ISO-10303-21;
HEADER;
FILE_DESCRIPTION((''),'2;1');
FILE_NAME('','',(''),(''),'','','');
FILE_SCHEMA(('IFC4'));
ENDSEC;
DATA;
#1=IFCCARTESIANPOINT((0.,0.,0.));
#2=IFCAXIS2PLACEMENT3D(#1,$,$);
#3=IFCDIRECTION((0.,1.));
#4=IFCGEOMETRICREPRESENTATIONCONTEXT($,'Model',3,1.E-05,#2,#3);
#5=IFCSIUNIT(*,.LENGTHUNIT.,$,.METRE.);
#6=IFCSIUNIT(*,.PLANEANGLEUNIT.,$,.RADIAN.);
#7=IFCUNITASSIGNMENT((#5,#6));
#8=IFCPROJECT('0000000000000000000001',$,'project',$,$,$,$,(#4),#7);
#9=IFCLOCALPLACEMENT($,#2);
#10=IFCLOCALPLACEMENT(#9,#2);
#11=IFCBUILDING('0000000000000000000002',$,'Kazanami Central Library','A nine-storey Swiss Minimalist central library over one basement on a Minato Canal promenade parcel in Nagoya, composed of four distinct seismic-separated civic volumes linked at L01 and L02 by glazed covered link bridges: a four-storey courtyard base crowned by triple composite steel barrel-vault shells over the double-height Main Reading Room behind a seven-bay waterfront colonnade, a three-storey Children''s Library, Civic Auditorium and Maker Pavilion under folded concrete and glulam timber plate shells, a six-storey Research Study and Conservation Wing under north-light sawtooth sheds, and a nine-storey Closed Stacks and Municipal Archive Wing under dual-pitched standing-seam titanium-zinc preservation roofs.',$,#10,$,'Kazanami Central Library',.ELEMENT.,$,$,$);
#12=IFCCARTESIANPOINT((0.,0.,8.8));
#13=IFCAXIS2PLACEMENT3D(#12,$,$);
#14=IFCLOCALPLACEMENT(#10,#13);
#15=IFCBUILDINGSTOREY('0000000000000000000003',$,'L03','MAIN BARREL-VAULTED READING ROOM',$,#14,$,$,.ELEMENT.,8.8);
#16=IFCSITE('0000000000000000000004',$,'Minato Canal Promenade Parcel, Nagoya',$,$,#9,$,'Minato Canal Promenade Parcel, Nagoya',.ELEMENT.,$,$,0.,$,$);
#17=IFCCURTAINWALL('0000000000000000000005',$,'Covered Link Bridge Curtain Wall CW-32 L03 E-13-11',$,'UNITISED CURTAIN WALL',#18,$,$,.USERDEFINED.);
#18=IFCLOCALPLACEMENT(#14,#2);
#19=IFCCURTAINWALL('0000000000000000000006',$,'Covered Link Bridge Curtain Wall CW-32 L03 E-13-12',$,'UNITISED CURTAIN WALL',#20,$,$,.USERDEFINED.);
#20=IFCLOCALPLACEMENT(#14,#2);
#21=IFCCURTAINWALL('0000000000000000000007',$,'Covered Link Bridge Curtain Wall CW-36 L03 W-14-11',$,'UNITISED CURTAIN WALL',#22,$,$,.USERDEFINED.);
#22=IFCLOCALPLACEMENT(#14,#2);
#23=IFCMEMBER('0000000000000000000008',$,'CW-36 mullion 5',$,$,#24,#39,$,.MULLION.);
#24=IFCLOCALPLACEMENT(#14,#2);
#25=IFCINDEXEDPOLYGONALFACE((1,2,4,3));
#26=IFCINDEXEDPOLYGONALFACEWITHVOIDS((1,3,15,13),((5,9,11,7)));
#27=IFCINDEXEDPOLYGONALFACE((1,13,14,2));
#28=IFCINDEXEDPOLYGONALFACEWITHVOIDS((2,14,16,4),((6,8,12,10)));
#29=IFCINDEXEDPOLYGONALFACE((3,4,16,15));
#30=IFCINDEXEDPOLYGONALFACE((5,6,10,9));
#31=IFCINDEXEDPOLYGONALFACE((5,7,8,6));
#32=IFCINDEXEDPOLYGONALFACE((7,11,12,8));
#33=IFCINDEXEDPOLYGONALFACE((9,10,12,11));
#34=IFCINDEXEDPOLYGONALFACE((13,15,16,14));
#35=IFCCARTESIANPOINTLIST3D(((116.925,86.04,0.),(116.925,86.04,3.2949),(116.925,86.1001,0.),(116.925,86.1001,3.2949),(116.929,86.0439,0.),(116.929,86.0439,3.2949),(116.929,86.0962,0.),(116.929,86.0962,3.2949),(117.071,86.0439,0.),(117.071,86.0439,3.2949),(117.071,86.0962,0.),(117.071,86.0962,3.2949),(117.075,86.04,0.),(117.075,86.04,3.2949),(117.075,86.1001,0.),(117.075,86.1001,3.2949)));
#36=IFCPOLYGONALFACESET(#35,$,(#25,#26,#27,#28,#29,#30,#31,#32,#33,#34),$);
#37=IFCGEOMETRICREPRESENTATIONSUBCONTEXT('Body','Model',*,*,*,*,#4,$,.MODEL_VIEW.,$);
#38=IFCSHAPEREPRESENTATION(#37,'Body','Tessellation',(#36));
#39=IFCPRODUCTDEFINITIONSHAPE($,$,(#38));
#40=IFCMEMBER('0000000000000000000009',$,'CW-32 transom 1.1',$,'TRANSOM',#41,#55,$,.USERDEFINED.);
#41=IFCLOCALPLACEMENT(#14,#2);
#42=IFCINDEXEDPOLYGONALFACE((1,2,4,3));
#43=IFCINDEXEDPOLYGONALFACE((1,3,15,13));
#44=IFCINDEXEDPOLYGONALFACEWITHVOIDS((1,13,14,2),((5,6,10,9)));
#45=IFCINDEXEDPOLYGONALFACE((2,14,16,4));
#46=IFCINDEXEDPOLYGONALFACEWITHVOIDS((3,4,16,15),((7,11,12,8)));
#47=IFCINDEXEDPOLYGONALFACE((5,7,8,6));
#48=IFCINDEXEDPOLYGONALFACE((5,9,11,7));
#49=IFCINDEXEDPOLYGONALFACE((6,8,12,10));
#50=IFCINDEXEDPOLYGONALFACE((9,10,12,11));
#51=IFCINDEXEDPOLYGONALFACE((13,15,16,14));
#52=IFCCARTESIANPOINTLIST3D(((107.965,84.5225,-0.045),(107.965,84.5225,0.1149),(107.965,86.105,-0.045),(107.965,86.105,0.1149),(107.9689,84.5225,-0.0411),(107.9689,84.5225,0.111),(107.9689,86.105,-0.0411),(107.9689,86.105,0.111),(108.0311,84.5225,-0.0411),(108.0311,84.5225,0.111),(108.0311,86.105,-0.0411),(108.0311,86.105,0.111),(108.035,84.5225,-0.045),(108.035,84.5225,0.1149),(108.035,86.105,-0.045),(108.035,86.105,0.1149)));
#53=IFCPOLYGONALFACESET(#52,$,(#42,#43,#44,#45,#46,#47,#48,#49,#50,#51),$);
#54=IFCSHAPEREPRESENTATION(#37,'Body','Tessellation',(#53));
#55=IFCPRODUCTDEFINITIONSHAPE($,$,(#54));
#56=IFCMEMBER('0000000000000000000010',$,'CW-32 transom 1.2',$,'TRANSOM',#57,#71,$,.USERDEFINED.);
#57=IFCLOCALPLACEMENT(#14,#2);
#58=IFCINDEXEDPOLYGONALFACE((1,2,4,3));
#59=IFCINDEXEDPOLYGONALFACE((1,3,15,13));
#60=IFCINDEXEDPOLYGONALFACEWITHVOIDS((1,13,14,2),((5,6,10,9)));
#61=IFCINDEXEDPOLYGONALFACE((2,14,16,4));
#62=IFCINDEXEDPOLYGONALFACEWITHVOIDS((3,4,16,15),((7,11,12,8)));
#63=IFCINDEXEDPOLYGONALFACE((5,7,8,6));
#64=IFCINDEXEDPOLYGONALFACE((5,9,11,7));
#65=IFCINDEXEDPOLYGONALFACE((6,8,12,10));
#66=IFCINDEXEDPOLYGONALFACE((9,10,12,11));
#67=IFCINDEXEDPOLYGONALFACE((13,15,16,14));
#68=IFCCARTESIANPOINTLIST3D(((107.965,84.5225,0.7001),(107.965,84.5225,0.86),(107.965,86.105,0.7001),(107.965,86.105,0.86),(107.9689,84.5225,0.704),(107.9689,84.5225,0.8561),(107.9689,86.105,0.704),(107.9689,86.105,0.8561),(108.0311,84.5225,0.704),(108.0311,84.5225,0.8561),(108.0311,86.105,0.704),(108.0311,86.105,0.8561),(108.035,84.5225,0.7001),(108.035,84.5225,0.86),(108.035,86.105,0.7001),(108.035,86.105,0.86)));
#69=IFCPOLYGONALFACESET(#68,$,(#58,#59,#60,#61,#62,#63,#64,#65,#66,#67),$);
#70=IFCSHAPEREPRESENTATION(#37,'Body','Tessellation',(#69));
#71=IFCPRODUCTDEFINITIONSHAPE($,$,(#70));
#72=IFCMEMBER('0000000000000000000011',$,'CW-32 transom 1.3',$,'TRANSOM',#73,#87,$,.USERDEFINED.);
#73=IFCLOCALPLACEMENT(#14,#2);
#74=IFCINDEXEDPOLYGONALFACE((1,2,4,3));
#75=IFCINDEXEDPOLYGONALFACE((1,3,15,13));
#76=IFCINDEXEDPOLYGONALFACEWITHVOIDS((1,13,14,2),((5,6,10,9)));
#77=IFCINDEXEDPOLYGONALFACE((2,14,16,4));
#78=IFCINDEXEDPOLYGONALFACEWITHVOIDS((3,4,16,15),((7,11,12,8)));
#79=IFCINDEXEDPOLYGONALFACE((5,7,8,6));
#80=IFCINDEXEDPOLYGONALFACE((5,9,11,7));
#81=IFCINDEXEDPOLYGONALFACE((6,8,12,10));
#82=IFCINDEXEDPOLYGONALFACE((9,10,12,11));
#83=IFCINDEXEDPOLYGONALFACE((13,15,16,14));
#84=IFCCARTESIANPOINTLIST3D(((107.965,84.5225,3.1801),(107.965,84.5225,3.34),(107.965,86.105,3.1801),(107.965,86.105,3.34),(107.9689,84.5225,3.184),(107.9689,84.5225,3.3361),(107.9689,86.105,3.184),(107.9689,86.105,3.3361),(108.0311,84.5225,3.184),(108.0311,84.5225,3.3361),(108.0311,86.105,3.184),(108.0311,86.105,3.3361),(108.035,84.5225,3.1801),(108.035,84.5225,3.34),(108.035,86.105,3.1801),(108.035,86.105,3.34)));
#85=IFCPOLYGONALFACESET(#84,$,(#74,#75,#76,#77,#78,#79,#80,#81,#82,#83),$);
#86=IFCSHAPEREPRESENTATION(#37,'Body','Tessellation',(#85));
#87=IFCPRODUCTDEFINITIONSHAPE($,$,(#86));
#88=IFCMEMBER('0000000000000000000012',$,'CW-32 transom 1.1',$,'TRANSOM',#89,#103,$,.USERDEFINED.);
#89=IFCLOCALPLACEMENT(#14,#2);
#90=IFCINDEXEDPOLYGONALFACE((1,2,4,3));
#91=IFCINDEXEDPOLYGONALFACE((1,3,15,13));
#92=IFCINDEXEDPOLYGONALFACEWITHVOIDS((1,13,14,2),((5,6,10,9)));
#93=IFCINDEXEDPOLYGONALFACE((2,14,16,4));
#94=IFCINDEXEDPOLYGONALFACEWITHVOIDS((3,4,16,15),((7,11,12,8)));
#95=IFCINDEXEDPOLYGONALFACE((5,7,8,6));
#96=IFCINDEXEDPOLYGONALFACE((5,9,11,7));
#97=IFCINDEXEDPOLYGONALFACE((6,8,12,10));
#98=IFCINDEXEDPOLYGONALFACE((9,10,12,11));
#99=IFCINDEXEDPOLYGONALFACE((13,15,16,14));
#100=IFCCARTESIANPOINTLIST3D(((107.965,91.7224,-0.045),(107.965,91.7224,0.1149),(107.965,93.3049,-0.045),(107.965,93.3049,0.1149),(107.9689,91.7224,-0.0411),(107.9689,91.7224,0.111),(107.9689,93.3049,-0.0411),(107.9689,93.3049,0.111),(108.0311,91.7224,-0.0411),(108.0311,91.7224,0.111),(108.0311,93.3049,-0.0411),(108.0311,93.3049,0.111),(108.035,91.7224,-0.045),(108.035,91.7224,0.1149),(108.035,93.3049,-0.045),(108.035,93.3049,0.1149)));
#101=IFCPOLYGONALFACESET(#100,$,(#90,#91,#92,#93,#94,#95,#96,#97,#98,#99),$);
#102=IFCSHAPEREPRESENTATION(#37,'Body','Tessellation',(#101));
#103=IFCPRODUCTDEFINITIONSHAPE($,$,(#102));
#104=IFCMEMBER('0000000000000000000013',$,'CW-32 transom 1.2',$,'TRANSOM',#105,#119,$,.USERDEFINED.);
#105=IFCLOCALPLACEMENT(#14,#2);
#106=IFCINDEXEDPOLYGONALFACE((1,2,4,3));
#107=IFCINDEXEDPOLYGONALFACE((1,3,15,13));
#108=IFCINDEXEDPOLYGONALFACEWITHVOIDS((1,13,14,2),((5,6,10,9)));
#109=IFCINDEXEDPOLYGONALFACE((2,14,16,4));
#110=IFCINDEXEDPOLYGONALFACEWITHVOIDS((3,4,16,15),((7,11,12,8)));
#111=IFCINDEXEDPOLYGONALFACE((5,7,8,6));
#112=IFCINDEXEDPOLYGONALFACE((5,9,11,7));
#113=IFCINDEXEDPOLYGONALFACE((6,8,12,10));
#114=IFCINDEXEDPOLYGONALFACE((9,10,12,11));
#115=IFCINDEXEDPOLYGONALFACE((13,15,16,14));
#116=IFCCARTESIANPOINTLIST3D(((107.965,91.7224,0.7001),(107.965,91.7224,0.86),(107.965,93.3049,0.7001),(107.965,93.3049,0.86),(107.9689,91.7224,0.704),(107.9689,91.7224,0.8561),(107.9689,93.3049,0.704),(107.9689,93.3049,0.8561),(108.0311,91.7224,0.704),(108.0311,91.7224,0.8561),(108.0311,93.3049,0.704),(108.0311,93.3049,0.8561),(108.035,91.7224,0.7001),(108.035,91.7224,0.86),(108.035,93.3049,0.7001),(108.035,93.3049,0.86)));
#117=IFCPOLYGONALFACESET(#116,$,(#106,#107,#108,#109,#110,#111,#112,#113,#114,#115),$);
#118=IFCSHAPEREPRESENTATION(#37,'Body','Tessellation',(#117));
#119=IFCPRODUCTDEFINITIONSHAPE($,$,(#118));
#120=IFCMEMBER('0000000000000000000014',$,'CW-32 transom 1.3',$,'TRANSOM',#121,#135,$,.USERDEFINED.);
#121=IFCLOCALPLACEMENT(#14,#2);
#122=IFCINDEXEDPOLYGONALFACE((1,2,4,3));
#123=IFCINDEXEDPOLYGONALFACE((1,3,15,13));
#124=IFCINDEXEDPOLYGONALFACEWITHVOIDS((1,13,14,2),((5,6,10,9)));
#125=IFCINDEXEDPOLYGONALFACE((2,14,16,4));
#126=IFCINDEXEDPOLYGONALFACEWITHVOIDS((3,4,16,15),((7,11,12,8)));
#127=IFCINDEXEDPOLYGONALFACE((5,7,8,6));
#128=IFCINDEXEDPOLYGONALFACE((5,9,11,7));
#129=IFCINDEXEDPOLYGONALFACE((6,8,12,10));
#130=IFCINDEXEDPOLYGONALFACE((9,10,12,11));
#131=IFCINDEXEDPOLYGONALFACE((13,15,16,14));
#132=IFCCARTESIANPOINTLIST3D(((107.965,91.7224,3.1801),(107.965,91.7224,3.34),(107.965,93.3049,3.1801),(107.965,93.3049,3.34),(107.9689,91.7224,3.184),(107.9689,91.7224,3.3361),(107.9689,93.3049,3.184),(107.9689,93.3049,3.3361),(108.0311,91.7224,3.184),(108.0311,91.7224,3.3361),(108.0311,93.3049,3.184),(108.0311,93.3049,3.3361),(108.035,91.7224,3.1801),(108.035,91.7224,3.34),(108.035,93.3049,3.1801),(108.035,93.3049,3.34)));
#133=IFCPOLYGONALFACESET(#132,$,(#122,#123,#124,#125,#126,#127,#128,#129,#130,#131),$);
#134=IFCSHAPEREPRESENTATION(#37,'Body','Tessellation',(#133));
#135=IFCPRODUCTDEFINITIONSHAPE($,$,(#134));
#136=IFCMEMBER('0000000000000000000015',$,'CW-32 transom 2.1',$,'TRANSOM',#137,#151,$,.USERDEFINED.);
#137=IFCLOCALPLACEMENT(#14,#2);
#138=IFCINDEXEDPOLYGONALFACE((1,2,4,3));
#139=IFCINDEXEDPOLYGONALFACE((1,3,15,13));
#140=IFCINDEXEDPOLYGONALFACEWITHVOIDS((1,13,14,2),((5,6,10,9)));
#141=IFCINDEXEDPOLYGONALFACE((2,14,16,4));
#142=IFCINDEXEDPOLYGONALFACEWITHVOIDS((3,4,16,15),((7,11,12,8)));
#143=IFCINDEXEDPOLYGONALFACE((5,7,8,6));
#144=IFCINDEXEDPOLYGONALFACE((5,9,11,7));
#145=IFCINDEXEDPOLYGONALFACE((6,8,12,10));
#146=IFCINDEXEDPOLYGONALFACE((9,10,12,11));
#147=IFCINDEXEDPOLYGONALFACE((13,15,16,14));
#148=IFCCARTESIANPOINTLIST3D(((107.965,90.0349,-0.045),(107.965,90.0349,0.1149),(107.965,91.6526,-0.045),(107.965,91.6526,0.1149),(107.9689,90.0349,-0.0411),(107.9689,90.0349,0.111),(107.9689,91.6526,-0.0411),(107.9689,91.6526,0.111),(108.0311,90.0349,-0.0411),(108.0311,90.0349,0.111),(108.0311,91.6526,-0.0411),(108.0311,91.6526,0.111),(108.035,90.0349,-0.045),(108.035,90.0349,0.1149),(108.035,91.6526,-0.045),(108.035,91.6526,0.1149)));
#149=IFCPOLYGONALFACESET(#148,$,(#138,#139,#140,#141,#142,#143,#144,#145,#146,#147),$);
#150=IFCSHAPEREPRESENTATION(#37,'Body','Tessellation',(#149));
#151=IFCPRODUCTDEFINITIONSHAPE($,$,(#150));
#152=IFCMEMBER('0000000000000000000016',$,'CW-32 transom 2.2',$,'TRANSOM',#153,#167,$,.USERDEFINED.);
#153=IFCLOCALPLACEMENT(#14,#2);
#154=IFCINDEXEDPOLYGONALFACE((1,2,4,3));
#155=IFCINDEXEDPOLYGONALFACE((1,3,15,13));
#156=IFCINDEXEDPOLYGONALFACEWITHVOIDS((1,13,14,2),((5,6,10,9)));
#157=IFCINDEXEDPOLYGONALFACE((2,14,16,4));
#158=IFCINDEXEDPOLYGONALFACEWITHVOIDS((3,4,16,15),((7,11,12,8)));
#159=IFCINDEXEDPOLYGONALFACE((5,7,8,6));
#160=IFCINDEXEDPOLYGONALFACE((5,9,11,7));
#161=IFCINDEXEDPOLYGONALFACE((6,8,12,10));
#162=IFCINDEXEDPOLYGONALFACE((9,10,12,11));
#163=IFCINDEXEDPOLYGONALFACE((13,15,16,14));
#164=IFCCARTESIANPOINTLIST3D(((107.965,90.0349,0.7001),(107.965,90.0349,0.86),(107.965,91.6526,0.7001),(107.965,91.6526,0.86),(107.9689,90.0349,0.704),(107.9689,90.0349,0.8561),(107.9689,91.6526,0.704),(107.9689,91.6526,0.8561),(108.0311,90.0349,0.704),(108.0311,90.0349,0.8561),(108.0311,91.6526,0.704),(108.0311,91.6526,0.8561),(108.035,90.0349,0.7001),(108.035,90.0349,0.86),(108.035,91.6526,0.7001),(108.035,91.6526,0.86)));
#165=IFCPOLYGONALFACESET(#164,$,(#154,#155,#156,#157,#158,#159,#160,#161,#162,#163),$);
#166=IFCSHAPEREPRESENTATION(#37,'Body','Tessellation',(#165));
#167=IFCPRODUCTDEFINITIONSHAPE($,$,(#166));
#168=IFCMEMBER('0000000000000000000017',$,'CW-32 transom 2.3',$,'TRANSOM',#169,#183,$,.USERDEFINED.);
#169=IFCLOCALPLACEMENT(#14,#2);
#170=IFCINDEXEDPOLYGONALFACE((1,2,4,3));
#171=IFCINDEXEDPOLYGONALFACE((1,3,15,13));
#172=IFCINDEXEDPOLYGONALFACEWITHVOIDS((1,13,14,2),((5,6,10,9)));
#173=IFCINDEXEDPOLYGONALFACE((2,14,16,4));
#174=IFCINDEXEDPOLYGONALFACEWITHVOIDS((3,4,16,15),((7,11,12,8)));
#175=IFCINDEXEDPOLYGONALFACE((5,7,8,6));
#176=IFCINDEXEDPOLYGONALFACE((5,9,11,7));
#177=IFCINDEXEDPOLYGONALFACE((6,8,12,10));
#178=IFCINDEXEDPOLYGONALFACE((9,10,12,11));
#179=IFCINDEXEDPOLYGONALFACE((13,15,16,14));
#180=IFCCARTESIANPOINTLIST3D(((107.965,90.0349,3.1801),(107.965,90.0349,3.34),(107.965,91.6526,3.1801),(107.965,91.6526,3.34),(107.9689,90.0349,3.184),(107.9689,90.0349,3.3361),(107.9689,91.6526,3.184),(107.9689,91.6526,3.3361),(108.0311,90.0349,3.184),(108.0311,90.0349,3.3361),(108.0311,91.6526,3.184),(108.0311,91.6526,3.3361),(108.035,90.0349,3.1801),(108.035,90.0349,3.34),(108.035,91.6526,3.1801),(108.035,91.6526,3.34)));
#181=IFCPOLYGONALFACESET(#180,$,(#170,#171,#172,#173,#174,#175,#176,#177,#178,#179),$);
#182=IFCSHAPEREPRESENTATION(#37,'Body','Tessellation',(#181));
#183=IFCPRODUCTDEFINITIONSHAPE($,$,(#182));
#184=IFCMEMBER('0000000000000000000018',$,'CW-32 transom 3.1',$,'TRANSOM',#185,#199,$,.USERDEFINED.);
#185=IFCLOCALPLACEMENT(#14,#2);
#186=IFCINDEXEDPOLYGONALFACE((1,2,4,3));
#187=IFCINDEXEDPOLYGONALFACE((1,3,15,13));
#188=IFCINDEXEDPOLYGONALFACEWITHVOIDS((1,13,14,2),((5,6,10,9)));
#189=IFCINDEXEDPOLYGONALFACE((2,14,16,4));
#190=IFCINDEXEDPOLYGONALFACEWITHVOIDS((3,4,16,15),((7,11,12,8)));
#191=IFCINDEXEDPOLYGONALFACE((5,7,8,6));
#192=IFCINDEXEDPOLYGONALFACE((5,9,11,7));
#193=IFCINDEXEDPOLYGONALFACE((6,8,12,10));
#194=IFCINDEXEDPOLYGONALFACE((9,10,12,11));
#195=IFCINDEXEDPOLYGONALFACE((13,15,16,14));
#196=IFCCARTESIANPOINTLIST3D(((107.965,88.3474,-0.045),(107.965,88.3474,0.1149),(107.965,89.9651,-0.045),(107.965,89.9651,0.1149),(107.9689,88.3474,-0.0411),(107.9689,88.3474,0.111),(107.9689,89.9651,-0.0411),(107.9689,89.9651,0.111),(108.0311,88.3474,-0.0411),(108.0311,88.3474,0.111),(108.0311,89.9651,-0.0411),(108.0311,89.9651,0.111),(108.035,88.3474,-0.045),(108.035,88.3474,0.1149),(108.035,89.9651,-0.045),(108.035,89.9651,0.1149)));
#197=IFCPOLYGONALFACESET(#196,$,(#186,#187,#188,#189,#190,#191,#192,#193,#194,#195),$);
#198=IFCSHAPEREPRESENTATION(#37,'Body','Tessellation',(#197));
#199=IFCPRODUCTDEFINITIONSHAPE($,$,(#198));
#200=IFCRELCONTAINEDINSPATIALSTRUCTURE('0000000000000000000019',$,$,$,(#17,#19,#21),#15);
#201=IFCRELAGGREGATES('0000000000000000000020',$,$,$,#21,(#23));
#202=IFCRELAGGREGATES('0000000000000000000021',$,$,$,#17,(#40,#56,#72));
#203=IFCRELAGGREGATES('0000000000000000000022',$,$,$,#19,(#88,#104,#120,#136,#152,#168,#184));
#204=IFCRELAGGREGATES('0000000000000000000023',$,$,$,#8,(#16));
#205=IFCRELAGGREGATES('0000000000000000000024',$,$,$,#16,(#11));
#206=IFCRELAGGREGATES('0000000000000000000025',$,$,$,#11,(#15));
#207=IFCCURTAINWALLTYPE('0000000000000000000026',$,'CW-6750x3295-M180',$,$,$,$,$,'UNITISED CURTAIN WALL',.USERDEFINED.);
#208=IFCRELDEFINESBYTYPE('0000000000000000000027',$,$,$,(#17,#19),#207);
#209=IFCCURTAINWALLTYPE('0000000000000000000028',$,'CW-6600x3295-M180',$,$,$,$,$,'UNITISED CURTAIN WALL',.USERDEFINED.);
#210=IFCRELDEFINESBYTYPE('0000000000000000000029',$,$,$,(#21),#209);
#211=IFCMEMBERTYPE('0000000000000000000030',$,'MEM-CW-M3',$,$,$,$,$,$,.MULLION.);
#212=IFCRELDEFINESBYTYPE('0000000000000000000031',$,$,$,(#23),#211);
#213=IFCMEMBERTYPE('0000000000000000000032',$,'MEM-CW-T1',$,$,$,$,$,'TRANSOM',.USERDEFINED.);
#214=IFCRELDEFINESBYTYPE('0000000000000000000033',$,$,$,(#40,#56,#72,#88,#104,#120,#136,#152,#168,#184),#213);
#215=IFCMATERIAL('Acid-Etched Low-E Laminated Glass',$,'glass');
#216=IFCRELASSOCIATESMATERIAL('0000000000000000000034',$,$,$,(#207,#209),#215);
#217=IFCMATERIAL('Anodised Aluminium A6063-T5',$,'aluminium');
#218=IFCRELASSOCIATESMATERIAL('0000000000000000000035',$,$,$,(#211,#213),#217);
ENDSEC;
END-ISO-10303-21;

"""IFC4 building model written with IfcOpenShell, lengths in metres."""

from ifc_helpers import new_model, si_unit, direction, frame, origin, origin_2d, place, context, subcontext, project, spatial, hollow_rectangle, extrude, material, material_profile, profile_set, type_object, element, aggregate, save


model = new_model("IFC4")

# Units and contexts
model_context = context("Model", 3, precision=1e-05, world=origin(), true_north=direction((0.0, 1.0)))
body_context = subcontext(model_context, "Body", "Model", "MODEL_VIEW")
ifc_project = project(units=[si_unit("LENGTHUNIT", "METRE"), si_unit("PLANEANGLEUNIT", "RADIAN")], contexts=[model_context])

# Site, building, storey
site_placement = place(None, origin())
site = spatial("IfcSite", under=ifc_project, at=site_placement, Name="Minato Canal Promenade Parcel, Nagoya", LongName="Minato Canal Promenade Parcel, Nagoya", CompositionType="ELEMENT", RefElevation=0.0)
building_placement = place(site_placement, origin())
building = spatial("IfcBuilding", under=site, at=building_placement, Name="Kazanami Central Library", Description="A nine-storey Swiss Minimalist central library over one basement on a Minato Canal promenade parcel in Nagoya, composed of four distinct seismic-separated civic volumes linked at L01 and L02 by glazed covered link bridges: a four-storey courtyard base crowned by triple composite steel barrel-vault shells over the double-height Main Reading Room behind a seven-bay waterfront colonnade, a three-storey Children's Library, Civic Auditorium and Maker Pavilion under folded concrete and glulam timber plate shells, a six-storey Research Study and Conservation Wing under north-light sawtooth sheds, and a nine-storey Closed Stacks and Municipal Archive Wing under dual-pitched standing-seam titanium-zinc preservation roofs.", LongName="Kazanami Central Library", CompositionType="ELEMENT")
storey_placement = place(building_placement, frame((0.0, 0.0, 8.8)))
storey = spatial("IfcBuildingStorey", under=building, at=storey_placement, Name="L03", Description="MAIN BARREL-VAULTED READING ROOM", CompositionType="ELEMENT", Elevation=8.8)

# Curtain walls
ifc_material_1 = material(Name="Acid-Etched Low-E Laminated Glass", Category="glass")
curtain_wall_type_1 = type_object("IfcCurtainWallType", Name="CW-6750x3295-M180", ElementType="UNITISED CURTAIN WALL", PredefinedType="USERDEFINED", material=ifc_material_1)
curtain_wall_1_placement = place(storey_placement, origin())
curtain_wall_1 = element("IfcCurtainWall", 1, at=curtain_wall_1_placement, inside=storey, type_object=curtain_wall_type_1, Name="Covered Link Bridge Curtain Wall CW-32 L03 E-13-11", ObjectType="UNITISED CURTAIN WALL", PredefinedType="USERDEFINED")
ifc_material_2 = material(Name="Anodised Aluminium A6063-T5", Category="aluminium")
curtain_wall_2_placement = place(storey_placement, origin())
curtain_wall_2 = element("IfcCurtainWall", 2, at=curtain_wall_2_placement, inside=storey, type_object=curtain_wall_type_1, Name="Covered Link Bridge Curtain Wall CW-32 L03 E-13-12", ObjectType="UNITISED CURTAIN WALL", PredefinedType="USERDEFINED")

# Curtain wall, member
curtain_wall_type_2 = type_object("IfcCurtainWallType", Name="CW-6600x3295-M180", ElementType="UNITISED CURTAIN WALL", PredefinedType="USERDEFINED", material=ifc_material_1)
curtain_wall_3_placement = place(storey_placement, origin())
curtain_wall_3 = element("IfcCurtainWall", 3, at=curtain_wall_3_placement, inside=storey, type_object=curtain_wall_type_2, Name="Covered Link Bridge Curtain Wall CW-36 L03 W-14-11", ObjectType="UNITISED CURTAIN WALL", PredefinedType="USERDEFINED")
ifc_material_profile_1 = material_profile(ifc_material_2, hollow_rectangle(XDim=0.0601, YDim=0.1499, WallThickness=0.0039, at=origin_2d()), Name="ALU-MULL-60x150x4")
ifc_profile_set_1 = profile_set([ifc_material_profile_1], Name="Anodised Aluminium A6063-T5")
member_type_1 = type_object("IfcMemberType", Name="MEM-CW-M3", PredefinedType="MULLION", material=ifc_profile_set_1)
member_1_placement = place(storey_placement, frame((117.0, 86.0701, 0.0), z_axis=(0.0, 0.0, 1.0), x_axis=(0.0, 1.0, 0.0)))
member_1 = element("IfcMember", 4, at=member_1_placement, type_object=member_type_1, Name="CW-36 mullion 5", PredefinedType="MULLION", context=body_context, shape_type="SweptSolid", body=[
    extrude(hollow_rectangle(XDim=0.0601, YDim=0.1499, WallThickness=0.0039, at=origin_2d()), origin(), (0.0, 0.0, 1.0), 3.2949),
])
aggregate(curtain_wall_3, [member_1])

# Members
ifc_material_profile_2 = material_profile(ifc_material_2, hollow_rectangle(XDim=0.0701, YDim=0.1599, WallThickness=0.0039, at=origin_2d()), Name="ALU-TRAN-70x160x4")
ifc_profile_set_2 = profile_set([ifc_material_profile_2], Name="Anodised Aluminium A6063-T5")
member_type_2 = type_object("IfcMemberType", Name="MEM-CW-T1", ElementType="TRANSOM", PredefinedType="USERDEFINED", material=ifc_profile_set_2)
member_2_placement = place(storey_placement, frame((108.0, 86.105, 0.0349), z_axis=(0.0, -1.0, 0.0), x_axis=(1.0, 0.0, 0.0)))
member_2 = element("IfcMember", 5, at=member_2_placement, type_object=member_type_2, Name="CW-32 transom 1.1", ObjectType="TRANSOM", PredefinedType="USERDEFINED", context=body_context, shape_type="SweptSolid", body=[
    extrude(hollow_rectangle(XDim=0.0701, YDim=0.1599, WallThickness=0.0039, at=origin_2d()), origin(), (0.0, 0.0, 1.0), 1.5825),
])
member_3_placement = place(storey_placement, frame((108.0, 86.105, 0.78), z_axis=(0.0, -1.0, 0.0), x_axis=(1.0, 0.0, 0.0)))
member_3 = element("IfcMember", 6, at=member_3_placement, type_object=member_type_2, Name="CW-32 transom 1.2", ObjectType="TRANSOM", PredefinedType="USERDEFINED", context=body_context, shape_type="SweptSolid", body=[
    extrude(hollow_rectangle(XDim=0.0701, YDim=0.1599, WallThickness=0.0039, at=origin_2d()), origin(), (0.0, 0.0, 1.0), 1.5825),
])
member_4_placement = place(storey_placement, frame((108.0, 86.105, 3.26), z_axis=(0.0, -1.0, 0.0), x_axis=(1.0, 0.0, 0.0)))
member_4 = element("IfcMember", 7, at=member_4_placement, type_object=member_type_2, Name="CW-32 transom 1.3", ObjectType="TRANSOM", PredefinedType="USERDEFINED", context=body_context, shape_type="SweptSolid", body=[
    extrude(hollow_rectangle(XDim=0.0701, YDim=0.1599, WallThickness=0.0039, at=origin_2d()), origin(), (0.0, 0.0, 1.0), 1.5825),
])
member_5_placement = place(storey_placement, frame((108.0, 93.3049, 0.0349), z_axis=(0.0, -1.0, 0.0), x_axis=(1.0, 0.0, 0.0)))
member_5 = element("IfcMember", 8, at=member_5_placement, type_object=member_type_2, Name="CW-32 transom 1.1", ObjectType="TRANSOM", PredefinedType="USERDEFINED", context=body_context, shape_type="SweptSolid", body=[
    extrude(hollow_rectangle(XDim=0.0701, YDim=0.1599, WallThickness=0.0039, at=origin_2d()), origin(), (0.0, 0.0, 1.0), 1.5825),
])
member_6_placement = place(storey_placement, frame((108.0, 93.3049, 0.78), z_axis=(0.0, -1.0, 0.0), x_axis=(1.0, 0.0, 0.0)))
member_6 = element("IfcMember", 9, at=member_6_placement, type_object=member_type_2, Name="CW-32 transom 1.2", ObjectType="TRANSOM", PredefinedType="USERDEFINED", context=body_context, shape_type="SweptSolid", body=[
    extrude(hollow_rectangle(XDim=0.0701, YDim=0.1599, WallThickness=0.0039, at=origin_2d()), origin(), (0.0, 0.0, 1.0), 1.5825),
])
member_7_placement = place(storey_placement, frame((108.0, 93.3049, 3.26), z_axis=(0.0, -1.0, 0.0), x_axis=(1.0, 0.0, 0.0)))
member_7 = element("IfcMember", 10, at=member_7_placement, type_object=member_type_2, Name="CW-32 transom 1.3", ObjectType="TRANSOM", PredefinedType="USERDEFINED", context=body_context, shape_type="SweptSolid", body=[
    extrude(hollow_rectangle(XDim=0.0701, YDim=0.1599, WallThickness=0.0039, at=origin_2d()), origin(), (0.0, 0.0, 1.0), 1.5825),
])
member_8_placement = place(storey_placement, frame((108.0, 91.6526, 0.0349), z_axis=(0.0, -1.0, 0.0), x_axis=(1.0, 0.0, 0.0)))
member_8 = element("IfcMember", 11, at=member_8_placement, type_object=member_type_2, Name="CW-32 transom 2.1", ObjectType="TRANSOM", PredefinedType="USERDEFINED", context=body_context, shape_type="SweptSolid", body=[
    extrude(hollow_rectangle(XDim=0.0701, YDim=0.1599, WallThickness=0.0039, at=origin_2d()), origin(), (0.0, 0.0, 1.0), 1.6177),
])
member_9_placement = place(storey_placement, frame((108.0, 91.6526, 0.78), z_axis=(0.0, -1.0, 0.0), x_axis=(1.0, 0.0, 0.0)))
member_9 = element("IfcMember", 12, at=member_9_placement, type_object=member_type_2, Name="CW-32 transom 2.2", ObjectType="TRANSOM", PredefinedType="USERDEFINED", context=body_context, shape_type="SweptSolid", body=[
    extrude(hollow_rectangle(XDim=0.0701, YDim=0.1599, WallThickness=0.0039, at=origin_2d()), origin(), (0.0, 0.0, 1.0), 1.6177),
])
member_10_placement = place(storey_placement, frame((108.0, 91.6526, 3.26), z_axis=(0.0, -1.0, 0.0), x_axis=(1.0, 0.0, 0.0)))
member_10 = element("IfcMember", 13, at=member_10_placement, type_object=member_type_2, Name="CW-32 transom 2.3", ObjectType="TRANSOM", PredefinedType="USERDEFINED", context=body_context, shape_type="SweptSolid", body=[
    extrude(hollow_rectangle(XDim=0.0701, YDim=0.1599, WallThickness=0.0039, at=origin_2d()), origin(), (0.0, 0.0, 1.0), 1.6177),
])
member_11_placement = place(storey_placement, frame((108.0, 89.9651, 0.0349), z_axis=(0.0, -1.0, 0.0), x_axis=(1.0, 0.0, 0.0)))
member_11 = element("IfcMember", 14, at=member_11_placement, type_object=member_type_2, Name="CW-32 transom 3.1", ObjectType="TRANSOM", PredefinedType="USERDEFINED", context=body_context, shape_type="SweptSolid", body=[
    extrude(hollow_rectangle(XDim=0.0701, YDim=0.1599, WallThickness=0.0039, at=origin_2d()), origin(), (0.0, 0.0, 1.0), 1.6177),
])

aggregate(curtain_wall_1, [member_2, member_3, member_4])
aggregate(curtain_wall_2, [member_5, member_6, member_7, member_8, member_9, member_10, member_11])

save(model, "model.ifc")
